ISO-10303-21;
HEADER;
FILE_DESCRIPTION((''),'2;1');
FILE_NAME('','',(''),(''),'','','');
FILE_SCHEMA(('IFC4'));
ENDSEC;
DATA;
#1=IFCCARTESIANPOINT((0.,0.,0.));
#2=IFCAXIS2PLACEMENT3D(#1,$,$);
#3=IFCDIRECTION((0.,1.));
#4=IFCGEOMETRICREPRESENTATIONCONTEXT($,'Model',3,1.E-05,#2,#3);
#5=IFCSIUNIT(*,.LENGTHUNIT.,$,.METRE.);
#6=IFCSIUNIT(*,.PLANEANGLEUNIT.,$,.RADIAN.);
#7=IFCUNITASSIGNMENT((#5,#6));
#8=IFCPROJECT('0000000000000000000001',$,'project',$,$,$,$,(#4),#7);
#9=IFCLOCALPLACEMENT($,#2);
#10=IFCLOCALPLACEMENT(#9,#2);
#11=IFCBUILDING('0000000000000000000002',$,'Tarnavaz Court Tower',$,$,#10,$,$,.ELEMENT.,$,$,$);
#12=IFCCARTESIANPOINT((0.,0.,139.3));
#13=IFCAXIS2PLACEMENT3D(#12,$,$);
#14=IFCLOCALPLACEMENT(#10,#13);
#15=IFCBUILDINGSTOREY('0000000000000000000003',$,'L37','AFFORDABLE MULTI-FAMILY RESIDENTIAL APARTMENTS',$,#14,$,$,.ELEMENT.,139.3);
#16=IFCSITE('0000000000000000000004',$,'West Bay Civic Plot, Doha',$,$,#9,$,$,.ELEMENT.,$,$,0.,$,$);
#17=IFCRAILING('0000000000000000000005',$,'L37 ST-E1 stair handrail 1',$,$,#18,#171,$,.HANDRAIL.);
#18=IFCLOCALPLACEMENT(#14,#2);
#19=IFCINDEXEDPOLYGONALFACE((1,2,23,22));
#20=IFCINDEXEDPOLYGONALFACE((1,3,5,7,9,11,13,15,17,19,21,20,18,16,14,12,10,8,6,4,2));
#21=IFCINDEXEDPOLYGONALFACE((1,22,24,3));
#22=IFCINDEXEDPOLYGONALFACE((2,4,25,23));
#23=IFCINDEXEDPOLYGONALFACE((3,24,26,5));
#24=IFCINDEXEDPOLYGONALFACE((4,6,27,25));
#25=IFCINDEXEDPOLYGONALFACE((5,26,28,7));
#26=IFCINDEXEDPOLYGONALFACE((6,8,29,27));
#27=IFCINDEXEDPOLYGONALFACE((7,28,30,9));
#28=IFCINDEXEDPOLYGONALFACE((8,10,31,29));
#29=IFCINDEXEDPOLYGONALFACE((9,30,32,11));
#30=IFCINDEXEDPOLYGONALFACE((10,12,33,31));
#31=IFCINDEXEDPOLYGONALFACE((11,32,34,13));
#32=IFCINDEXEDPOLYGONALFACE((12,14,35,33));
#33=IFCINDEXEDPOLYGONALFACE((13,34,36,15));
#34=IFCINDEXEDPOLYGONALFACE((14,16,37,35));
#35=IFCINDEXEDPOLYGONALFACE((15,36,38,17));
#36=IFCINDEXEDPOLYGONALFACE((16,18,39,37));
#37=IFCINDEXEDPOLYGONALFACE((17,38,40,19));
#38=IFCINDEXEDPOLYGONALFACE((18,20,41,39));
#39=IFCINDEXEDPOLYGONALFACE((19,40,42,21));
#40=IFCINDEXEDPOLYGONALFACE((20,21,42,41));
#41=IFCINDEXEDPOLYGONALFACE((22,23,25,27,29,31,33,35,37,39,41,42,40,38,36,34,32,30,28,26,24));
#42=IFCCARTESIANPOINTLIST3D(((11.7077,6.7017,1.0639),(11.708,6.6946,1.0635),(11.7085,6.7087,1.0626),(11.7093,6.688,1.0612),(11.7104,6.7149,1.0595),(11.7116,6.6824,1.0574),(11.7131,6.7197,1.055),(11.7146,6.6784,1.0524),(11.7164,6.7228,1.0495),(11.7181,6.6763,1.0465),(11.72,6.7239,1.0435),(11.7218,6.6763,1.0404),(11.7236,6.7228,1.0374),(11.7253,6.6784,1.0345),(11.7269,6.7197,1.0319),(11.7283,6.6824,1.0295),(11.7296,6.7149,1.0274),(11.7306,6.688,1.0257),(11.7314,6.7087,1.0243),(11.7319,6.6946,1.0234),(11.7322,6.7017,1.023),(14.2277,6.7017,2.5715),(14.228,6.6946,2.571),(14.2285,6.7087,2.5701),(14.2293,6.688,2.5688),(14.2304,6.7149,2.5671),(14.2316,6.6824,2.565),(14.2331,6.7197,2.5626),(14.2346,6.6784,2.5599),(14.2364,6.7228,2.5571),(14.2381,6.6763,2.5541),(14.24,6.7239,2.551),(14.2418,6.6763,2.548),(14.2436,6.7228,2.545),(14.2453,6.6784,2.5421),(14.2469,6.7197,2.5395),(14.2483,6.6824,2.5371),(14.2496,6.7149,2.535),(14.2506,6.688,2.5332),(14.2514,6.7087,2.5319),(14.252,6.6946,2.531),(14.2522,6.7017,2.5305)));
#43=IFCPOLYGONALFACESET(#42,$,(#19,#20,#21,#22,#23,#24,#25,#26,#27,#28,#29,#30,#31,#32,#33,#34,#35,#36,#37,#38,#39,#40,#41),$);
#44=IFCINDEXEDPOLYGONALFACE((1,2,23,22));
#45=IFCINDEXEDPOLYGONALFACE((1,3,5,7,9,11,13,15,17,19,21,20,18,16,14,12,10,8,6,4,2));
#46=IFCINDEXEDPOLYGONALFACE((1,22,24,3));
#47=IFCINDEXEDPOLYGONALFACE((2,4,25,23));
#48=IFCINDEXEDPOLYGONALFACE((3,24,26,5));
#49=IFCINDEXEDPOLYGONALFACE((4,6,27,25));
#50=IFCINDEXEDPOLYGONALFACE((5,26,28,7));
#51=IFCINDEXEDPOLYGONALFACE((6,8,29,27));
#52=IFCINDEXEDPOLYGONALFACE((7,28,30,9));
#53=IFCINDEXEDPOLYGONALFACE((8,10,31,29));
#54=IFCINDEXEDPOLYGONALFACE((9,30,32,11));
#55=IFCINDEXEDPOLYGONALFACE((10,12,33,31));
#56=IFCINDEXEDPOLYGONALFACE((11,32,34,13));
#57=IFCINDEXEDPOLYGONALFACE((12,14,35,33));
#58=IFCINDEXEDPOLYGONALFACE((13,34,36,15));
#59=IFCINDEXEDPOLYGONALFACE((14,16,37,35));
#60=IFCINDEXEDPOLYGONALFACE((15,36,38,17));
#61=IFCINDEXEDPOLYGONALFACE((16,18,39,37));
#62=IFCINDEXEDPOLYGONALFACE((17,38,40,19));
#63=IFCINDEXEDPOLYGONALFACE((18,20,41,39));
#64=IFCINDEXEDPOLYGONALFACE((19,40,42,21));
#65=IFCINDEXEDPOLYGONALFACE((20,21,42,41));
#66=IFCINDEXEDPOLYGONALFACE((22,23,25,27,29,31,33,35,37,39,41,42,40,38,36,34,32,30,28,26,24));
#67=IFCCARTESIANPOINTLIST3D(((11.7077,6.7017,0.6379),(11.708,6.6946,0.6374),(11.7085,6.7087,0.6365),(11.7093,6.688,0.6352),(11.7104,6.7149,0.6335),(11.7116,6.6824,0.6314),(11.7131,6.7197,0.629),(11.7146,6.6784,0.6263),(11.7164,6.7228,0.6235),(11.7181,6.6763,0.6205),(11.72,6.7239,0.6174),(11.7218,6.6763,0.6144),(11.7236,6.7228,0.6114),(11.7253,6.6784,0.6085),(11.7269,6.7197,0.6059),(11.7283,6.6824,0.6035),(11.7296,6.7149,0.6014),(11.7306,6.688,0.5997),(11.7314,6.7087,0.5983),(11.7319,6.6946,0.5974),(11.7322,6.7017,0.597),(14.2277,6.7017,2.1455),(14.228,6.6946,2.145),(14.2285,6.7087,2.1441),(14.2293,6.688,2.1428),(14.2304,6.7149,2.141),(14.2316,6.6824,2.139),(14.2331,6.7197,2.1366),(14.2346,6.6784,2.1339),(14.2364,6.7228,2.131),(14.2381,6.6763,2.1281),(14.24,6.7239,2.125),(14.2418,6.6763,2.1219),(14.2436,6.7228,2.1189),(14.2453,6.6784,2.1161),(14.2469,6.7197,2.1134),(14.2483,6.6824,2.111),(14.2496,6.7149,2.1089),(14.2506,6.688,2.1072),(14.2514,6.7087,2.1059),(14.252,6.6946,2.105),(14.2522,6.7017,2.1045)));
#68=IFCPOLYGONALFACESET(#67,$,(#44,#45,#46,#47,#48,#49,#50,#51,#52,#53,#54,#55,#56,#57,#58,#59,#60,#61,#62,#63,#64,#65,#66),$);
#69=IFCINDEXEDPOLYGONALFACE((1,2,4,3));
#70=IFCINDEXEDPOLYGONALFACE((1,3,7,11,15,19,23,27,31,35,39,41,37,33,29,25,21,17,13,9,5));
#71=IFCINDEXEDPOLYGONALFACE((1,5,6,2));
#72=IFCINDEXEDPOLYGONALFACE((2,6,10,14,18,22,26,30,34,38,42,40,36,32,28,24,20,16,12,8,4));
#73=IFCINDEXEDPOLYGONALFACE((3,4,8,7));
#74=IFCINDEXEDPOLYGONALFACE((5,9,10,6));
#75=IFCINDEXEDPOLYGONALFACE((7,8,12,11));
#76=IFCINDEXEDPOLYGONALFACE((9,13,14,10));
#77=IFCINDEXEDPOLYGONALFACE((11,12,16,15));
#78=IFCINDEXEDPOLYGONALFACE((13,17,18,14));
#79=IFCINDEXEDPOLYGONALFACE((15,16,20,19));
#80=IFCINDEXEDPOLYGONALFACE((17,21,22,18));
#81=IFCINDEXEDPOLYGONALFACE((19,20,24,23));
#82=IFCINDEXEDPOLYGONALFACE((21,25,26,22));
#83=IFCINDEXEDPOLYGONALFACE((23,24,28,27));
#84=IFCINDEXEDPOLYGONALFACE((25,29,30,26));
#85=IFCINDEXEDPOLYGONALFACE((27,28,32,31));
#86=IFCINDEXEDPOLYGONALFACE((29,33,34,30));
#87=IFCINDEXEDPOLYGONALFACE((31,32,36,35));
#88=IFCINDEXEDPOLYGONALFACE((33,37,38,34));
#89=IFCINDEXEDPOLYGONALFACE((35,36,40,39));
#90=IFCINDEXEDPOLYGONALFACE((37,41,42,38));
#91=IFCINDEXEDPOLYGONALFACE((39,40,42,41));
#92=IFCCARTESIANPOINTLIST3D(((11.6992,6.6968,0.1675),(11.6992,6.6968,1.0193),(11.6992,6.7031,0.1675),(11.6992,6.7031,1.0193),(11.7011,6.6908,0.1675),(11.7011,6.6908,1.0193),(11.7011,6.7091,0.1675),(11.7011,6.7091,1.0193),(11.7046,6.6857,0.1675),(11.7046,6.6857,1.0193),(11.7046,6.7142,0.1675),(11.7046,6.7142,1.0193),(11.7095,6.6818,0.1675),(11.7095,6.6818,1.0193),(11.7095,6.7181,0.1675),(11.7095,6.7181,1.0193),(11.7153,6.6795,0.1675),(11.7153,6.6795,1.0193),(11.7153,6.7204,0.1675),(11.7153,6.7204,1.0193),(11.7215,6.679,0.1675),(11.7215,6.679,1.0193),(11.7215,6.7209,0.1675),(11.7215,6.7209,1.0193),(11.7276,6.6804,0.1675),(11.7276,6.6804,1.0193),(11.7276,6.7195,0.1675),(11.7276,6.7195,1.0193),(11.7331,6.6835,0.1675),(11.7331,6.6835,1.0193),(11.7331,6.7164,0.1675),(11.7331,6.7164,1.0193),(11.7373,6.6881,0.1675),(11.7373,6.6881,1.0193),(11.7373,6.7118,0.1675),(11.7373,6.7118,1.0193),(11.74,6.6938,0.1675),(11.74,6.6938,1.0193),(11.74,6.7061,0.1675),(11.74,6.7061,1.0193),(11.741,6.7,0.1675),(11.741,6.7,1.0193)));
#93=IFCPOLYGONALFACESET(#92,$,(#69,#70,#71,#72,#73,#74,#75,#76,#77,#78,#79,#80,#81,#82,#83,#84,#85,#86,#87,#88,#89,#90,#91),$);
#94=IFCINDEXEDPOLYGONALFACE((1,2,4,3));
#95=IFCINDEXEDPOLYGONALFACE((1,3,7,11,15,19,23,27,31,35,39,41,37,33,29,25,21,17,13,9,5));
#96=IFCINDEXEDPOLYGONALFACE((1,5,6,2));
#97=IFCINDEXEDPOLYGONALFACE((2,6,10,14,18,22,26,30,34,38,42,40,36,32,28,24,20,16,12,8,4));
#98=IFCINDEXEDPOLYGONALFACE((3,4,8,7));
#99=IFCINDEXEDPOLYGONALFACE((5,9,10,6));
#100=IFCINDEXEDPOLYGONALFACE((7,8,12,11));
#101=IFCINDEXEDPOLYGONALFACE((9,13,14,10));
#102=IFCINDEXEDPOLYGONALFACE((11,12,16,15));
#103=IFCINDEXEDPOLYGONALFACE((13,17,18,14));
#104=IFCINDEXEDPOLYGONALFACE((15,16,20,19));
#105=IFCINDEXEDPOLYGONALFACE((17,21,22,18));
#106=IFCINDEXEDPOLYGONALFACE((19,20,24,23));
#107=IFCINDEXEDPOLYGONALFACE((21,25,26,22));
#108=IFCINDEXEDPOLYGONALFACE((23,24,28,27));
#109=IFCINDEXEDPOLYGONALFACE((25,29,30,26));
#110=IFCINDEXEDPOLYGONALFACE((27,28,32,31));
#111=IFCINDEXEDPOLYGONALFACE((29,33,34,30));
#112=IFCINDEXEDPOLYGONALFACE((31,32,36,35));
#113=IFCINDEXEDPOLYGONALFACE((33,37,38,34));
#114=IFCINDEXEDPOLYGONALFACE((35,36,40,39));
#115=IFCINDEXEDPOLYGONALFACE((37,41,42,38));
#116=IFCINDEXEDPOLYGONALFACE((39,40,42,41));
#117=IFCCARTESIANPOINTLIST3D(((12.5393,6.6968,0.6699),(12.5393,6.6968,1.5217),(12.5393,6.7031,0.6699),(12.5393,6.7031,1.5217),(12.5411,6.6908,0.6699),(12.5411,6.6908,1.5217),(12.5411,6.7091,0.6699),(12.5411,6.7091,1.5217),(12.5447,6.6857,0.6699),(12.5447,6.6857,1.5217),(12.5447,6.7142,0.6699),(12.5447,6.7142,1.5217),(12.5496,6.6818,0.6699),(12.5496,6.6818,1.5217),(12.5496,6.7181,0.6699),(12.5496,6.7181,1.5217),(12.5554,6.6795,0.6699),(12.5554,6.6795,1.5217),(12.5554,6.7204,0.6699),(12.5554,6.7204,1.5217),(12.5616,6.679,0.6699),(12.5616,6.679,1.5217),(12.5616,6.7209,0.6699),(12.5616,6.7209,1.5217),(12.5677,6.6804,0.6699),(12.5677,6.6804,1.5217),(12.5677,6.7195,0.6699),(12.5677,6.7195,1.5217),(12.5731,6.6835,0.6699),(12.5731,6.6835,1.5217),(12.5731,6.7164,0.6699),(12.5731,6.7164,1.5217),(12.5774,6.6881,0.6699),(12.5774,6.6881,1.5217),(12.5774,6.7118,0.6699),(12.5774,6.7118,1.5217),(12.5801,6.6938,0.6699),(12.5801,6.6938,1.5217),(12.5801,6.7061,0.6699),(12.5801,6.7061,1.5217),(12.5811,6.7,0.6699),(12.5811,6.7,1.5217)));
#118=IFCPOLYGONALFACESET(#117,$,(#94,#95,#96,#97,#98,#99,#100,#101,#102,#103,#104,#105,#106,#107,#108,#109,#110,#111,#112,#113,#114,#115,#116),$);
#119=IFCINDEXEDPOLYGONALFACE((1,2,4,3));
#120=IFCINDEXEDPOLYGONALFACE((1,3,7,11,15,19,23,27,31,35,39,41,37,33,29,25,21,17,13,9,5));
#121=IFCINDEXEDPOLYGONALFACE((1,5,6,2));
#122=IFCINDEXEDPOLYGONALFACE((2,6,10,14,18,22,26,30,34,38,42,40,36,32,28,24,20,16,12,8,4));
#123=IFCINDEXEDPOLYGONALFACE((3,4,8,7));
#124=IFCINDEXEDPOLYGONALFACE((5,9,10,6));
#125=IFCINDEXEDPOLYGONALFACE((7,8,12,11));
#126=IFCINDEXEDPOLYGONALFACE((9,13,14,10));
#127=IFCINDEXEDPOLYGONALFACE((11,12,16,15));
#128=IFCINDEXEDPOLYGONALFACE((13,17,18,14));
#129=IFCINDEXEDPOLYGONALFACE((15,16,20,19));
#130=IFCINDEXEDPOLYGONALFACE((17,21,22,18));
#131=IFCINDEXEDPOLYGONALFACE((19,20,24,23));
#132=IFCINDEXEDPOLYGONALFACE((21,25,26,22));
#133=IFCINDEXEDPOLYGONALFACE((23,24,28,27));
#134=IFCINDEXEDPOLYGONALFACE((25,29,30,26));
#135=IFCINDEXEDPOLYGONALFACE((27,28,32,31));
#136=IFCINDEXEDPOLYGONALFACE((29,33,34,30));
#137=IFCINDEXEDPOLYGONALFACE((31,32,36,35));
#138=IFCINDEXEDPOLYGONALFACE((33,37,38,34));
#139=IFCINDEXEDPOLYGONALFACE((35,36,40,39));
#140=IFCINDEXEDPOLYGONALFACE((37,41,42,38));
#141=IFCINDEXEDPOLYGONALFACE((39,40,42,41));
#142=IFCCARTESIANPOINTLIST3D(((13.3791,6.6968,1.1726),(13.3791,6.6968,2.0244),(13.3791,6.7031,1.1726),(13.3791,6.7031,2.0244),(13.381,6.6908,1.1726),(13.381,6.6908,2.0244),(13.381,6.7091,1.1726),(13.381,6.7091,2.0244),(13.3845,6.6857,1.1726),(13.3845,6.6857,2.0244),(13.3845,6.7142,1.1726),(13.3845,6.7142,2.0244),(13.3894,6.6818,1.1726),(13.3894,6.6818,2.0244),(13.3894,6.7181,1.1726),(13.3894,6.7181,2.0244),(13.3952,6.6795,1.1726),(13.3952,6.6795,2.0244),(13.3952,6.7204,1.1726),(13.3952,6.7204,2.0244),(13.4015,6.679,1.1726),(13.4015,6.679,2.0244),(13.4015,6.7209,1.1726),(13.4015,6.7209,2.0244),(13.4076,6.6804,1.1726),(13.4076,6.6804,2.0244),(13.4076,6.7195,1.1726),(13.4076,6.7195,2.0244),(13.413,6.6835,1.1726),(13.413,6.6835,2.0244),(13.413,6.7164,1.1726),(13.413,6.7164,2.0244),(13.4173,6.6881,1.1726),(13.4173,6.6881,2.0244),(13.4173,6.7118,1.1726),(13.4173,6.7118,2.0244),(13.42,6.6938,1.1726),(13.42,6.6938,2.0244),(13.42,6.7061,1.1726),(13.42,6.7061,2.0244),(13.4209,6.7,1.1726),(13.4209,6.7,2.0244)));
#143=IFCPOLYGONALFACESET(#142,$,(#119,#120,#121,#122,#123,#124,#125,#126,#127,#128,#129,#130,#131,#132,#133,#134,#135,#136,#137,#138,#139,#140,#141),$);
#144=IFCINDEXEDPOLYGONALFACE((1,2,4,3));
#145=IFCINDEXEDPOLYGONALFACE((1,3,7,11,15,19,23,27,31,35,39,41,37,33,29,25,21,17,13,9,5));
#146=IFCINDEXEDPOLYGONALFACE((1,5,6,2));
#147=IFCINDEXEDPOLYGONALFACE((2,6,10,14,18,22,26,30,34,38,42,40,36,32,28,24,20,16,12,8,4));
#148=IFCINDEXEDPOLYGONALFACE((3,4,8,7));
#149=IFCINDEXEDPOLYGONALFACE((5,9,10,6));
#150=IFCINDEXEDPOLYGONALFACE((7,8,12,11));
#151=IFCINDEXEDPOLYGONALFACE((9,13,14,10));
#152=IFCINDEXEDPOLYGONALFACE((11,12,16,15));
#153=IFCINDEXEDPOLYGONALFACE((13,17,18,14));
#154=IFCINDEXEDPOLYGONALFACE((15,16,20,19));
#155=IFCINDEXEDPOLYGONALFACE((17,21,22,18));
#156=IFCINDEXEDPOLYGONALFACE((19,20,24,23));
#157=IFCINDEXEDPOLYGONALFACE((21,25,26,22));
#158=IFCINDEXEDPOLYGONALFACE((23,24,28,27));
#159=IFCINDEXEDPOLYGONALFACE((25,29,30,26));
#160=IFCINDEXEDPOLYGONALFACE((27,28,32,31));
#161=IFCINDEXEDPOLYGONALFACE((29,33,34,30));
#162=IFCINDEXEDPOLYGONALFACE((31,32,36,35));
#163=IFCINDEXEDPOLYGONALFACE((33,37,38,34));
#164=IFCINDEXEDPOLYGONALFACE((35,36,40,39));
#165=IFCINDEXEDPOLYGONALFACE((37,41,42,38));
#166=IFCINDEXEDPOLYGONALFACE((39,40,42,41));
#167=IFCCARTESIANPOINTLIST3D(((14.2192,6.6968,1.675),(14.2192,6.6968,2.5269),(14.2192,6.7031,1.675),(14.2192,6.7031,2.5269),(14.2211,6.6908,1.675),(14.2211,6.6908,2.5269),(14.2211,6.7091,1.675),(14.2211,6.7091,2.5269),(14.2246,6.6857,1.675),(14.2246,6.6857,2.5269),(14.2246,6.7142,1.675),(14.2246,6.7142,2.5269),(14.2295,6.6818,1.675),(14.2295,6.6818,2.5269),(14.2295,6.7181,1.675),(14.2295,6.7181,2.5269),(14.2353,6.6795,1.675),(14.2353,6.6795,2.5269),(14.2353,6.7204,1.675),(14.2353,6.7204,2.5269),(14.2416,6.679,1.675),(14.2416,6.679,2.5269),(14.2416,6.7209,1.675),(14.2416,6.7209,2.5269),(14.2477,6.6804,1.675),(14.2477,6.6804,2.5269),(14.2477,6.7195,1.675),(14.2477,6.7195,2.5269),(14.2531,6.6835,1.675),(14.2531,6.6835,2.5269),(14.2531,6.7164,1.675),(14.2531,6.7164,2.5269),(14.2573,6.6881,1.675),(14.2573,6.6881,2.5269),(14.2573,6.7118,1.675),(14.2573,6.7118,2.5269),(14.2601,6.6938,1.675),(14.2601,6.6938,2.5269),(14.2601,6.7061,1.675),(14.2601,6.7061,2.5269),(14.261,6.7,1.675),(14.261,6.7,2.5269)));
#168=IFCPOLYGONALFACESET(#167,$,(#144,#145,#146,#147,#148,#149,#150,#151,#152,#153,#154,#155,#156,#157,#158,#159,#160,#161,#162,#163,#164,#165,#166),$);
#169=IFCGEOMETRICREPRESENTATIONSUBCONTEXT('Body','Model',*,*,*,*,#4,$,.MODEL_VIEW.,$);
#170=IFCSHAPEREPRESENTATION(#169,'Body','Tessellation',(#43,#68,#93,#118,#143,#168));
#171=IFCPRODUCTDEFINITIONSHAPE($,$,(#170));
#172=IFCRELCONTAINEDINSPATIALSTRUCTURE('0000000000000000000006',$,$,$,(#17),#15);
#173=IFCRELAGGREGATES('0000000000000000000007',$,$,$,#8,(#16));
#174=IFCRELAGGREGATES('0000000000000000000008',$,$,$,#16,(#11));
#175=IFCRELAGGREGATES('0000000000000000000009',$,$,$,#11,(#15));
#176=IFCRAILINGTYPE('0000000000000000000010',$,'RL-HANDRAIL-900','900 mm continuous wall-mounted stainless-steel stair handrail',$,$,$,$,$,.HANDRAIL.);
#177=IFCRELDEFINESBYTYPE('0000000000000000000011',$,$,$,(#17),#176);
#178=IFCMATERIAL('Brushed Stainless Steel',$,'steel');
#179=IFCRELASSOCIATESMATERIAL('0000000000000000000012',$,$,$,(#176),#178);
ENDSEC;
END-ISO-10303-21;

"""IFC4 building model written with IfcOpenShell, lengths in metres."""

from ifc_helpers import new_model, si_unit, direction, frame, origin, origin_2d, place, context, subcontext, project, spatial, circle, extrude, material, type_object, element, save


model = new_model("IFC4")

# Units and contexts
model_context = context("Model", 3, precision=1e-05, world=origin(), true_north=direction((0.0, 1.0)))
body_context = subcontext(model_context, "Body", "Model", "MODEL_VIEW")
ifc_project = project(units=[si_unit("LENGTHUNIT", "METRE"), si_unit("PLANEANGLEUNIT", "RADIAN")], contexts=[model_context])

# Site, building, storey
site_placement = place(None, origin())
site = spatial("IfcSite", under=ifc_project, at=site_placement, Name="West Bay Civic Plot, Doha", CompositionType="ELEMENT", RefElevation=0.0)
building_placement = place(site_placement, origin())
building = spatial("IfcBuilding", under=site, at=building_placement, Name="Tarnavaz Court Tower", CompositionType="ELEMENT")
storey_placement = place(building_placement, frame((0.0, 0.0, 139.3)))
storey = spatial("IfcBuildingStorey", under=building, at=storey_placement, Name="L37", Description="AFFORDABLE MULTI-FAMILY RESIDENTIAL APARTMENTS", CompositionType="ELEMENT", Elevation=139.3)

# Railing
ifc_material_1 = material(Name="Brushed Stainless Steel", Category="steel")
railing_type_1 = type_object("IfcRailingType", Name="RL-HANDRAIL-900", Description="900 mm continuous wall-mounted stainless-steel stair handrail", PredefinedType="HANDRAIL", material=ifc_material_1)
railing_1_placement = place(storey_placement, frame((11.72, 6.7, 0.1675)))
element("IfcRailing", 1, at=railing_1_placement, inside=storey, type_object=railing_type_1, Name="L37 ST-E1 stair handrail 1", PredefinedType="HANDRAIL", context=body_context, shape_type="SweptSolid", body=[
    extrude(circle(Radius=0.0239, at=origin_2d()), frame((0.0, 0.0, 0.876), z_axis=(0.85816, 0.0, 0.513383), x_axis=(0.0, 1.0, 0.0)), (0.0, 0.0, 1.0), 2.9365),
    extrude(circle(Radius=0.0239, at=origin_2d()), frame((0.0, 0.0, 0.45), z_axis=(0.85816, 0.0, 0.513383), x_axis=(0.0, 1.0, 0.0)), (0.0, 0.0, 1.0), 2.9365),
    extrude(circle(Radius=0.021, at=origin_2d()), origin(), (0.0, 0.0, 1.0), 0.8518),
    extrude(circle(Radius=0.021, at=origin_2d()), frame((0.8401, 0.0, 0.5024)), (0.0, 0.0, 1.0), 0.8518),
    extrude(circle(Radius=0.021, at=origin_2d()), frame((1.6799, 0.0, 1.0051)), (0.0, 0.0, 1.0), 0.8518),
    extrude(circle(Radius=0.021, at=origin_2d()), frame((2.52, 0.0, 1.5076)), (0.0, 0.0, 1.0), 0.8518),
])

save(model, "model.ifc")
